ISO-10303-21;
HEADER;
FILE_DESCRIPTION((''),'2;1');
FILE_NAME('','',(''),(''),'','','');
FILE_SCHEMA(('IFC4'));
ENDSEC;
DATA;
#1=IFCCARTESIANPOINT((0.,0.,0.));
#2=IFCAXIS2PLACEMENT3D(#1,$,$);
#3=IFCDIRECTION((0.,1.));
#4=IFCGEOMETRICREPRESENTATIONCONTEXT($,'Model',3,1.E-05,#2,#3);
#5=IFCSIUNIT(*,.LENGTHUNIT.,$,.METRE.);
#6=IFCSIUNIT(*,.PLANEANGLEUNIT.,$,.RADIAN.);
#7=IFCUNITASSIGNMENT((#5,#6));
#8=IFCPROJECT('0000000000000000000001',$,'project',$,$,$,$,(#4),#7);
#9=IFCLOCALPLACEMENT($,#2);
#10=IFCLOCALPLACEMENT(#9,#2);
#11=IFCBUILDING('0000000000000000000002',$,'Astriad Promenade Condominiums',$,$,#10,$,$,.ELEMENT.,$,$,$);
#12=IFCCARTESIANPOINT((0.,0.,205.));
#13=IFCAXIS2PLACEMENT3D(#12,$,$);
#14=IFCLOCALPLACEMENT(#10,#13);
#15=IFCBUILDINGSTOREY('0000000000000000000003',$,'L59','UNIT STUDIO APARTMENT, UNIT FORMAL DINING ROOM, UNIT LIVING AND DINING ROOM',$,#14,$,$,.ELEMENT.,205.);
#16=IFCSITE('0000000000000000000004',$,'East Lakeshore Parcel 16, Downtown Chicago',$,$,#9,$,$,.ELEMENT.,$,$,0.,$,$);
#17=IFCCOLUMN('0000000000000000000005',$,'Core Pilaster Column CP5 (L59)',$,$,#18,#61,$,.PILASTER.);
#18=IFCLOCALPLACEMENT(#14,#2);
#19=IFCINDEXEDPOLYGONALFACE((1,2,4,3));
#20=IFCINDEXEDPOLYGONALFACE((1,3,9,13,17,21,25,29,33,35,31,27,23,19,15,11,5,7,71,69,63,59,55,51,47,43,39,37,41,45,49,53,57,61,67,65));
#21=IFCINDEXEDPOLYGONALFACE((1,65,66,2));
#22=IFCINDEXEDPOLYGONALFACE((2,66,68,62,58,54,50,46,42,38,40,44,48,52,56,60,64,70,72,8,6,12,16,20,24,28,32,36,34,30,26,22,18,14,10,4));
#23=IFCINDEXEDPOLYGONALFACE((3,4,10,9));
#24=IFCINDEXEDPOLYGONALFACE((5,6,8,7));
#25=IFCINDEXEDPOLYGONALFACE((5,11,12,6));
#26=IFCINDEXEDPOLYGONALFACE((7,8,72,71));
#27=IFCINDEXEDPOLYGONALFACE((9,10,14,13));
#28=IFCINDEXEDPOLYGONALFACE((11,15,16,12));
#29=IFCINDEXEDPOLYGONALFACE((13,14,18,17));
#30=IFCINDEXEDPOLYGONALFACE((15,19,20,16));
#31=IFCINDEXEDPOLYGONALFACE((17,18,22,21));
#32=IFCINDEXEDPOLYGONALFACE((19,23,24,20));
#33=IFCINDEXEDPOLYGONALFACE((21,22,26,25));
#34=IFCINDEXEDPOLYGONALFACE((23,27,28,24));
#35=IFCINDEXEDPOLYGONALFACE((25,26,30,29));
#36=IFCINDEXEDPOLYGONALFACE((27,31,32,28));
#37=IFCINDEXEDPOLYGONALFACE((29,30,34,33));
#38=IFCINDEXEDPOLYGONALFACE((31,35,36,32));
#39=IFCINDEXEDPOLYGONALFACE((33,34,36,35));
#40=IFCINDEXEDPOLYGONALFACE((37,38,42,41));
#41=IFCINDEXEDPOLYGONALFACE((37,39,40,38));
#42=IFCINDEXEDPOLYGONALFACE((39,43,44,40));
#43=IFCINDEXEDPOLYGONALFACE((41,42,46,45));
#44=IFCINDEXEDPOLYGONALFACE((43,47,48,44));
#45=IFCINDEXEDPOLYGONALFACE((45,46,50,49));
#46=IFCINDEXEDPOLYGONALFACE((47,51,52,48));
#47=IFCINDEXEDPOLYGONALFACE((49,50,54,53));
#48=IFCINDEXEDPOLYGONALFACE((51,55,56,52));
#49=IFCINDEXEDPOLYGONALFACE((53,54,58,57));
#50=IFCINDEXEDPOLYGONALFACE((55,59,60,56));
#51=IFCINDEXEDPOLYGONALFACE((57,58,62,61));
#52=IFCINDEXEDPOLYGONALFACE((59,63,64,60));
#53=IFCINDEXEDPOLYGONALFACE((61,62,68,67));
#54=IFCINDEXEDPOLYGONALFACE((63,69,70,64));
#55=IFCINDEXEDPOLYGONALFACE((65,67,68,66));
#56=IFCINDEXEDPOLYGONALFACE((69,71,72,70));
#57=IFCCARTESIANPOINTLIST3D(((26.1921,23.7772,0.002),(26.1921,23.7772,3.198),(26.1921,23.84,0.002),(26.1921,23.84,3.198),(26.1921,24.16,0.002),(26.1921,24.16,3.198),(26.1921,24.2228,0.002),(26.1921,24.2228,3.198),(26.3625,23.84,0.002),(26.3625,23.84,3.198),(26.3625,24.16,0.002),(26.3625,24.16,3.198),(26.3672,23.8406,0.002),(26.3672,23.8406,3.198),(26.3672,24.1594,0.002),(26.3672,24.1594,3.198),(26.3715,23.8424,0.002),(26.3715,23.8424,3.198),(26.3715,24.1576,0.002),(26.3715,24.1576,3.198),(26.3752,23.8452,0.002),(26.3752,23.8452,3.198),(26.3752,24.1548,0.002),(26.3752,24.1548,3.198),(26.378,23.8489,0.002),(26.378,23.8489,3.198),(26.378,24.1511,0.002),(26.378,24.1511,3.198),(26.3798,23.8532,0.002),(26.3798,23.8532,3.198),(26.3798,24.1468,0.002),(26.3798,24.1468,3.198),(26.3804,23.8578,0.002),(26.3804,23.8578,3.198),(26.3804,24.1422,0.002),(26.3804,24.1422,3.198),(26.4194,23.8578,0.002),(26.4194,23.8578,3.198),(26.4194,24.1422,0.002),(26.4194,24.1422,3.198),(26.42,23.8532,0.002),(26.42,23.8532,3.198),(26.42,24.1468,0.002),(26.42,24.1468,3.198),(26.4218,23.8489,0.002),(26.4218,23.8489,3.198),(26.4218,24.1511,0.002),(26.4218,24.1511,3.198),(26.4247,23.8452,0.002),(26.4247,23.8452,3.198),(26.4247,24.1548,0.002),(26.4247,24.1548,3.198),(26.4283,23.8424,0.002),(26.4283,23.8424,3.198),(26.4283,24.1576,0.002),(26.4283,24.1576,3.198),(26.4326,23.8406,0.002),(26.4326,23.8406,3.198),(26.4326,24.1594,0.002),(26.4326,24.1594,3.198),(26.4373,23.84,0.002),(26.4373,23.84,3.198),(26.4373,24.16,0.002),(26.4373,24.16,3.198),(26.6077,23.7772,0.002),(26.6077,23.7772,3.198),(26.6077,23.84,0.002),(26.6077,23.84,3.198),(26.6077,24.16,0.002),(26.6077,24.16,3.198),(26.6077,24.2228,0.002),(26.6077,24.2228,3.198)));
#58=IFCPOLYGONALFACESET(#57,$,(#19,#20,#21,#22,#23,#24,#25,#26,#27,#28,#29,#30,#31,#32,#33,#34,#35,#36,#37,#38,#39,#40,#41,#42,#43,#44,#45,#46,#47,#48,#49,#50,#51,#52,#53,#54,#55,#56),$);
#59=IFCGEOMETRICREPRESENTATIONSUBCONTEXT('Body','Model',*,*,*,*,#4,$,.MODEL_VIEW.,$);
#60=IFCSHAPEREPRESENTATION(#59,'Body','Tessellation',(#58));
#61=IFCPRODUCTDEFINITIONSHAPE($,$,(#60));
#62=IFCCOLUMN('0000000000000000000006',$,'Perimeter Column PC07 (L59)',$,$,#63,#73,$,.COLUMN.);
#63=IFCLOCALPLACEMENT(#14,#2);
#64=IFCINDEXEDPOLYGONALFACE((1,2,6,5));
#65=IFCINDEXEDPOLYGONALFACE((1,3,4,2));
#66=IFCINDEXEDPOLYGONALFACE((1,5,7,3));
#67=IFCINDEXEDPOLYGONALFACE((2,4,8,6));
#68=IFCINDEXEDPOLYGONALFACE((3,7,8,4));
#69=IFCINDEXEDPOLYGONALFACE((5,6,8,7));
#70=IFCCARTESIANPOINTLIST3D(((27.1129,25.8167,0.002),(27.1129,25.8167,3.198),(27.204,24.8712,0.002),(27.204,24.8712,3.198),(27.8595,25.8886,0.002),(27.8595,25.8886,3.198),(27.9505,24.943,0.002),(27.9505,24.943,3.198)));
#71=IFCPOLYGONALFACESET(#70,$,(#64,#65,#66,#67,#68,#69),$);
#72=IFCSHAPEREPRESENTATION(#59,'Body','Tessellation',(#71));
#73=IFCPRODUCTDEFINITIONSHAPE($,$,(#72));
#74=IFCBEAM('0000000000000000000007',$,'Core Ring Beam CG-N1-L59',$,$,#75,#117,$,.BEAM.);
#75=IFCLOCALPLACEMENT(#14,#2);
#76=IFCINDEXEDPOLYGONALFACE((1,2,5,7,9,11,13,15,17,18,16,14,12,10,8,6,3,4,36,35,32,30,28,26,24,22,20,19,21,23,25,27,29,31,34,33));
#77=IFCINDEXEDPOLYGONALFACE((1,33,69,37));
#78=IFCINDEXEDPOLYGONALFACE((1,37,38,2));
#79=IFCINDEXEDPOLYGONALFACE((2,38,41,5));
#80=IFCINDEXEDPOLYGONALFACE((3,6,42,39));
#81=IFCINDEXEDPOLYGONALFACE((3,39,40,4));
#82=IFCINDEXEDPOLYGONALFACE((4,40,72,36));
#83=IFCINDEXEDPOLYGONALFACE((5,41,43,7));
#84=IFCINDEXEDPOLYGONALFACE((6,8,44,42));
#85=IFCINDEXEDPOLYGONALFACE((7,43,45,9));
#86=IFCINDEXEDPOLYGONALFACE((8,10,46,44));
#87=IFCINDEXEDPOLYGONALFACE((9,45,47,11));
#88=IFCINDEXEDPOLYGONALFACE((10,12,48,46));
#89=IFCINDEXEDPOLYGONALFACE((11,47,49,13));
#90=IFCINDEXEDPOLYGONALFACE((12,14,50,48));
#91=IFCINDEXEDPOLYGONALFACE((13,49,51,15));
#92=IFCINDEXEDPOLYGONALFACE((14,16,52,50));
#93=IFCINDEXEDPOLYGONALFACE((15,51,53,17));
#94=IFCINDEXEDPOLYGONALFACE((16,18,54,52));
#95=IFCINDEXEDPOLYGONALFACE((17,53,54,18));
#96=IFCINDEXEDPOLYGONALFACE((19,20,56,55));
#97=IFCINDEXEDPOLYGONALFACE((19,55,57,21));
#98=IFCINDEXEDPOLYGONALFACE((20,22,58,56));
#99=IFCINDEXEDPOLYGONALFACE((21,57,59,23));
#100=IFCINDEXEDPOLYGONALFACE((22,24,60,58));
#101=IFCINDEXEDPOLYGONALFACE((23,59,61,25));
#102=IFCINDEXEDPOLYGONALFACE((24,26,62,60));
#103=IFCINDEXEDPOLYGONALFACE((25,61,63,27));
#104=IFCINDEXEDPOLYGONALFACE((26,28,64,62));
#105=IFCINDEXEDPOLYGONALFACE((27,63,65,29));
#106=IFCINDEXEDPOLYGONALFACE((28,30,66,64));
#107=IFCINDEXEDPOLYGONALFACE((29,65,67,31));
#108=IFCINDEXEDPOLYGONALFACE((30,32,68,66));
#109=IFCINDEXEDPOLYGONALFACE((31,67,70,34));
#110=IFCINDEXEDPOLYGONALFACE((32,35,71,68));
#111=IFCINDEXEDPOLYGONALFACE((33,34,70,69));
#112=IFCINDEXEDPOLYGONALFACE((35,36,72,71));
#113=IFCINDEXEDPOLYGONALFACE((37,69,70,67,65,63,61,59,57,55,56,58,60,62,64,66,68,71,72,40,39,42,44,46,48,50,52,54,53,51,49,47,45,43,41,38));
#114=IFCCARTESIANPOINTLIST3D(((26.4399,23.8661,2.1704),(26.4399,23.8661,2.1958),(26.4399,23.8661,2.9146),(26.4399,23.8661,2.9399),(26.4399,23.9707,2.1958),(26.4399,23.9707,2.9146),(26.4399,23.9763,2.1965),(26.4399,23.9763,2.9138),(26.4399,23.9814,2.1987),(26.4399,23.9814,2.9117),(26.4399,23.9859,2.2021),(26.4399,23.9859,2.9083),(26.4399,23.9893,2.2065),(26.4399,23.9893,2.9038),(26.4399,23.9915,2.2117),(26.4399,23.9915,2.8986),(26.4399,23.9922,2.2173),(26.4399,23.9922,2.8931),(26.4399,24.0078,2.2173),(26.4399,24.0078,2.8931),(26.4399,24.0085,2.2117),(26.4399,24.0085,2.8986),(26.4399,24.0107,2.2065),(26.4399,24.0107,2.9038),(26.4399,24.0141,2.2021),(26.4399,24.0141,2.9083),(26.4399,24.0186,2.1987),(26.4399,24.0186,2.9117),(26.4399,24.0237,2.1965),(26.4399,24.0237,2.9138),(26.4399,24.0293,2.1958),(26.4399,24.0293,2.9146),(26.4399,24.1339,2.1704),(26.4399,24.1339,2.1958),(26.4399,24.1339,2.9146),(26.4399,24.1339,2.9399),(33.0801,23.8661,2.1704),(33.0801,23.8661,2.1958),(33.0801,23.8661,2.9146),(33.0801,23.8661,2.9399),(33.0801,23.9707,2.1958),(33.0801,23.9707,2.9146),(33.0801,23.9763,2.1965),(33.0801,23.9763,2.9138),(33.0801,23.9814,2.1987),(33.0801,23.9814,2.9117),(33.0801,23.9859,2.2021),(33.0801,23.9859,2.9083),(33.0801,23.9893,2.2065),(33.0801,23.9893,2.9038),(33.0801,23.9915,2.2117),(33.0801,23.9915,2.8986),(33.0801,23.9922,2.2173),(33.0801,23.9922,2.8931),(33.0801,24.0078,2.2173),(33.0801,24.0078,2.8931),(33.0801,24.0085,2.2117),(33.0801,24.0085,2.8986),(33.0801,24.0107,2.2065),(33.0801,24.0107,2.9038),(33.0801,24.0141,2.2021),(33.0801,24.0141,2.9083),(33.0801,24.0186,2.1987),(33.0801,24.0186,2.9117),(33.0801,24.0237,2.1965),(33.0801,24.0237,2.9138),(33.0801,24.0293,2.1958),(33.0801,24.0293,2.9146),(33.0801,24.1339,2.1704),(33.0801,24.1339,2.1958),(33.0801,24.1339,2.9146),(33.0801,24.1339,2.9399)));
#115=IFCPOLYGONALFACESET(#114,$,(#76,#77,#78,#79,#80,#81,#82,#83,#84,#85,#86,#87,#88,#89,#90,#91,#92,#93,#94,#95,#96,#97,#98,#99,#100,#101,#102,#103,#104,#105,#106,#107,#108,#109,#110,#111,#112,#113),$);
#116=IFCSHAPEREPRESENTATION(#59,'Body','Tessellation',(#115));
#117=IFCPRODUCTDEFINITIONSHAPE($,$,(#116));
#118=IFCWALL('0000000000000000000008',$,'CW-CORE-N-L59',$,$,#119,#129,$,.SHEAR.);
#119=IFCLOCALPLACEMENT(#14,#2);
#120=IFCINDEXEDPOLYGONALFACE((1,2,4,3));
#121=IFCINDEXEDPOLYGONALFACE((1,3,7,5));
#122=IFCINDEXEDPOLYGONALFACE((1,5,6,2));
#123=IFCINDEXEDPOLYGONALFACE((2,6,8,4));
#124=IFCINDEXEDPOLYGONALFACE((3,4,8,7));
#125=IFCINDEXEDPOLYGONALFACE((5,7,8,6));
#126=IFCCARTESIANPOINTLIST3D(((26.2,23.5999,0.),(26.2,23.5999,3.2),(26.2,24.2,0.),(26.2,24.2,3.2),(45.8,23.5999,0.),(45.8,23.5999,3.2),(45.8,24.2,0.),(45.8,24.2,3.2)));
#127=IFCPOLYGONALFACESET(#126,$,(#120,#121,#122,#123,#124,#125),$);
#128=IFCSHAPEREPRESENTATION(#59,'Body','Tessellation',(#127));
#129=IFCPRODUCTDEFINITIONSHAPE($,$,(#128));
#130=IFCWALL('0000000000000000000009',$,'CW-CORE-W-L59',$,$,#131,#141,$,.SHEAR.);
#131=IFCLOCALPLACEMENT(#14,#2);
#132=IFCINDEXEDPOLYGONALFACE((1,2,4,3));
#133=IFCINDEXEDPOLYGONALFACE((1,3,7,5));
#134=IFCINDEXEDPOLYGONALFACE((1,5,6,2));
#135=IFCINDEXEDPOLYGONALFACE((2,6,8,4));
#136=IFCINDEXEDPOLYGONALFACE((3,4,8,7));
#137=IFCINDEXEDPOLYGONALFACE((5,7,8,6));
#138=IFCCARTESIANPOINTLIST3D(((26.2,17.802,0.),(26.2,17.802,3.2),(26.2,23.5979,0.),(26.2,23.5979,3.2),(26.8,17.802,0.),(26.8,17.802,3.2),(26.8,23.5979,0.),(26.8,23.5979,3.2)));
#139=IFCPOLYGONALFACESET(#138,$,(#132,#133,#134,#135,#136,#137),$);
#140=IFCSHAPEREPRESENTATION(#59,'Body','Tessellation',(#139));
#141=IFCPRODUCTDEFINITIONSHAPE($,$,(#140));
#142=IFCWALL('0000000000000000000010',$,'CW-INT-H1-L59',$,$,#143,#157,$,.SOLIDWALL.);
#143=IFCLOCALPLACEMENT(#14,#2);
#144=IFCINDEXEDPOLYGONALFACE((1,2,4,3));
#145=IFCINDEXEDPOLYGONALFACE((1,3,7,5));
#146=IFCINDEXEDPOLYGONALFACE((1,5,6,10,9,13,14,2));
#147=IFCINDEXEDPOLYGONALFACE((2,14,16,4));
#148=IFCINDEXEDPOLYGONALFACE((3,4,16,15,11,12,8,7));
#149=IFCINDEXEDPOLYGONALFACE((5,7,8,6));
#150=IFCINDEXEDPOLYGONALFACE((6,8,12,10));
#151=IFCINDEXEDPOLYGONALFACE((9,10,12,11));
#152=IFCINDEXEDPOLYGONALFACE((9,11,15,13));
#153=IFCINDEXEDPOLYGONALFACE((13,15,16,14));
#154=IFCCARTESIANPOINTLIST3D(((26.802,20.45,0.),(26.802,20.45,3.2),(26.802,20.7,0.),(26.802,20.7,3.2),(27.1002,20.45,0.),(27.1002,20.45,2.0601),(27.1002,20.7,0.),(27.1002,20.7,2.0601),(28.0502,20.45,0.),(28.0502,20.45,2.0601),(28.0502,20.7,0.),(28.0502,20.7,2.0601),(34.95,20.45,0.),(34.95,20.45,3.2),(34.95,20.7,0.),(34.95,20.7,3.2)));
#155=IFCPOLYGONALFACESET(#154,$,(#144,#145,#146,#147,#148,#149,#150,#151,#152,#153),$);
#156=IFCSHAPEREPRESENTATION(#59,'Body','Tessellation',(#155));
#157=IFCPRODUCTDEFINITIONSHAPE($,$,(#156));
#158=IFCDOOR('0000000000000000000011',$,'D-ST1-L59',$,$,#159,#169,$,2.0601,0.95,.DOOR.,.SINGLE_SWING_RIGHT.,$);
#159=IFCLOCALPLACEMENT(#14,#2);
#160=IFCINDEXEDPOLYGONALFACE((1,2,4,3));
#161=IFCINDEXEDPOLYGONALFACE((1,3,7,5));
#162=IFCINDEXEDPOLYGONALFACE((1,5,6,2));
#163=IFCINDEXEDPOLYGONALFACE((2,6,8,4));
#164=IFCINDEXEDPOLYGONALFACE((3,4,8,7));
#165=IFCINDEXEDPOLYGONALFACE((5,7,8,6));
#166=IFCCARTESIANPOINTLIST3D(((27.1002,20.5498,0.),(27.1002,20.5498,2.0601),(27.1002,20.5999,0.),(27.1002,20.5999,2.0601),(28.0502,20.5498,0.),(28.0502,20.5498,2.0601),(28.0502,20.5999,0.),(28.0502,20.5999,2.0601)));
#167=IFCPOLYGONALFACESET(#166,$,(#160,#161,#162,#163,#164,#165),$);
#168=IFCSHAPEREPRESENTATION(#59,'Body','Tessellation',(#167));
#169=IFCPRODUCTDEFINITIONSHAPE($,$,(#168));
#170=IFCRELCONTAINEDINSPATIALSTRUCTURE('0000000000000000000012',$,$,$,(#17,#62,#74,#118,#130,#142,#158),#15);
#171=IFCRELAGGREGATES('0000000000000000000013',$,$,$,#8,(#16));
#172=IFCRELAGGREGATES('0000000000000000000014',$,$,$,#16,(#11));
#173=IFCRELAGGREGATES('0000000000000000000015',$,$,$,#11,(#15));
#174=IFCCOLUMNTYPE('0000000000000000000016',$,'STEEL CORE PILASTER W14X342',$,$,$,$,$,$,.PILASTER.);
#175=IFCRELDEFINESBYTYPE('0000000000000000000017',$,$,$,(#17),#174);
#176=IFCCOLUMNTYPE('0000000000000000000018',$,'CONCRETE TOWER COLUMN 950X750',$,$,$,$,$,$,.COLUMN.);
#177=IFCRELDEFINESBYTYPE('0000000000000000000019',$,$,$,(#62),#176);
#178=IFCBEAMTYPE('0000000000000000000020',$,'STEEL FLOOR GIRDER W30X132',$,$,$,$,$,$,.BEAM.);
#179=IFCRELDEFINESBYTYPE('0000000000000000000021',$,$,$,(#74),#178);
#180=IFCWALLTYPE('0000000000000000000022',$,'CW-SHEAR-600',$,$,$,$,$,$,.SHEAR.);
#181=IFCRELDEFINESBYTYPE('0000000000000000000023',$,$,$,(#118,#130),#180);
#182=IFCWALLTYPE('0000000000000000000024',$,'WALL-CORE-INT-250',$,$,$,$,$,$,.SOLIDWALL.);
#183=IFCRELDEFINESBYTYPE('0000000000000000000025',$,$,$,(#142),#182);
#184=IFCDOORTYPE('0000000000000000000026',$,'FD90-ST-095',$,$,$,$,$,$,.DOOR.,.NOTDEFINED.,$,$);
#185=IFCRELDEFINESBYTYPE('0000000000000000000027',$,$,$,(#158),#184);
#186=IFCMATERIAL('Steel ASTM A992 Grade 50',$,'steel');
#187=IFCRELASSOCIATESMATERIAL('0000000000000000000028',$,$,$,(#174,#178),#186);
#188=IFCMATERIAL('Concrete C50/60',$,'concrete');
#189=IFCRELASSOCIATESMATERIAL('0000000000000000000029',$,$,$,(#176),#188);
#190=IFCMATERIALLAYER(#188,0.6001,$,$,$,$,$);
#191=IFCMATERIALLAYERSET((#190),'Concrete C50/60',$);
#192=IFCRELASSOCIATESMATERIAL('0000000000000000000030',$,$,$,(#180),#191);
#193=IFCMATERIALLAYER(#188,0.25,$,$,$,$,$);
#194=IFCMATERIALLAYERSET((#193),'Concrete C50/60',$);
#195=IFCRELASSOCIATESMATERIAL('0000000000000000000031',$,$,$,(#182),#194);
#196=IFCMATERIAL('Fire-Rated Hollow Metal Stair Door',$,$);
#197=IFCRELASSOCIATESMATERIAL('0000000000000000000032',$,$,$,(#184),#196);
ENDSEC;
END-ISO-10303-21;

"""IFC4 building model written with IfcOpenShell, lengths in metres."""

from ifc_helpers import new_model, si_unit, direction, frame, frame_2d, origin, origin_2d, place, context, subcontext, project, spatial, rectangle, i_section, extrude, source, transform, mapped, material, layer, layer_set, material_profile, profile_set, type_object, type_shapes, element, fill, save


model = new_model("IFC4")

# Units and contexts
model_context = context("Model", 3, precision=1e-05, world=origin(), true_north=direction((0.0, 1.0)))
body_context = subcontext(model_context, "Body", "Model", "MODEL_VIEW")
ifc_project = project(units=[si_unit("LENGTHUNIT", "METRE"), si_unit("PLANEANGLEUNIT", "RADIAN")], contexts=[model_context])

# Site, building, storey
site_placement = place(None, origin())
site = spatial("IfcSite", under=ifc_project, at=site_placement, Name="East Lakeshore Parcel 16, Downtown Chicago", CompositionType="ELEMENT", RefElevation=0.0)
building_placement = place(site_placement, origin())
building = spatial("IfcBuilding", under=site, at=building_placement, Name="Astriad Promenade Condominiums", CompositionType="ELEMENT")
storey_placement = place(building_placement, frame((0.0, 0.0, 205.0)))
storey = spatial("IfcBuildingStorey", under=building, at=storey_placement, Name="L59", Description="UNIT STUDIO APARTMENT, UNIT FORMAL DINING ROOM, UNIT LIVING AND DINING ROOM", CompositionType="ELEMENT", Elevation=205.0)

# Columns
ifc_material_1 = material(Name="Steel ASTM A992 Grade 50", Category="steel")
ifc_material_profile_1 = material_profile(ifc_material_1, i_section(OverallWidth=0.4155, OverallDepth=0.4456, WebThickness=0.0391, FlangeThickness=0.0627, FilletRadius=0.0178, at=origin_2d()), Name="W14X342")
ifc_profile_set_1 = profile_set([ifc_material_profile_1], Name="Steel ASTM A992 Grade 50")
column_type_1 = type_object("IfcColumnType", Name="STEEL CORE PILASTER W14X342", PredefinedType="PILASTER", material=ifc_profile_set_1)
shared_shape_1 = source(origin(), body_context, "Body", "SweptSolid", [
    extrude(i_section(OverallWidth=0.4155, OverallDepth=0.4456, WebThickness=0.0391, FlangeThickness=0.0627, FilletRadius=0.0178, at=origin_2d()), origin(), (0.0, 0.0, 1.0), 3.196),
])
type_shapes(column_type_1, [shared_shape_1])
column_1_placement = place(storey_placement, frame((26.3999, 24.0, 0.002), z_axis=(0.0, 0.0, 1.0), x_axis=(1.0, 0.0, 0.0)))
element("IfcColumn", 1, at=column_1_placement, inside=storey, type_object=column_type_1, Name="Core Pilaster Column CP5 (L59)", PredefinedType="PILASTER", context=body_context, shape_type="MappedRepresentation", body=[
    mapped(shared_shape_1, transform((0.0, 0.0, 0.0), scale=1.0)),
])
ifc_material_2 = material(Name="Concrete C50/60", Category="concrete")
ifc_material_profile_2 = material_profile(ifc_material_2, rectangle(XDim=0.75, YDim=0.95, at=origin_2d()), Name="RC-COL-950X750")
ifc_profile_set_2 = profile_set([ifc_material_profile_2], Name="Concrete C50/60")
column_type_2 = type_object("IfcColumnType", Name="CONCRETE TOWER COLUMN 950X750", PredefinedType="COLUMN", material=ifc_profile_set_2)
shared_shape_2 = source(origin(), body_context, "Body", "SweptSolid", [
    extrude(rectangle(XDim=0.75, YDim=0.95, at=origin_2d()), origin(), (0.0, 0.0, 1.0), 3.196),
])
type_shapes(column_type_2, [shared_shape_2])
column_2_placement = place(storey_placement, frame((27.5317, 25.3799, 0.002), z_axis=(0.0, 0.0, 1.0), x_axis=(0.995396, 0.095846, 0.0)))
element("IfcColumn", 2, at=column_2_placement, inside=storey, type_object=column_type_2, Name="Perimeter Column PC07 (L59)", PredefinedType="COLUMN", context=body_context, shape_type="MappedRepresentation", body=[
    mapped(shared_shape_2, transform((0.0, 0.0, 0.0), scale=1.0)),
])

# Beam
ifc_material_profile_3 = material_profile(ifc_material_1, i_section(OverallWidth=0.2678, OverallDepth=0.7695, WebThickness=0.0156, FlangeThickness=0.0254, FilletRadius=0.0215, at=origin_2d()), Name="W30X132")
ifc_profile_set_3 = profile_set([ifc_material_profile_3], Name="Steel ASTM A992 Grade 50")
beam_type = type_object("IfcBeamType", Name="STEEL FLOOR GIRDER W30X132", PredefinedType="BEAM", material=ifc_profile_set_3)
shared_shape_3 = source(origin(), body_context, "Body", "SweptSolid", [
    extrude(i_section(OverallWidth=0.2678, OverallDepth=0.7695, WebThickness=0.0156, FlangeThickness=0.0254, FilletRadius=0.0215, at=origin_2d()), origin(), (0.0, 0.0, 1.0), 6.6401),
])
type_shapes(beam_type, [shared_shape_3])
beam_placement = place(storey_placement, frame((26.4399, 24.0, 2.5552), z_axis=(1.0, 0.0, 0.0), x_axis=(0.0, 1.0, 0.0)))
element("IfcBeam", 3, at=beam_placement, inside=storey, type_object=beam_type, Name="Core Ring Beam CG-N1-L59", PredefinedType="BEAM", context=body_context, shape_type="MappedRepresentation", body=[
    mapped(shared_shape_3, transform((0.0, 0.0, 0.0), scale=1.0)),
])

# Walls
ifc_layer_1 = layer(ifc_material_2, 0.6001)
ifc_layer_set_1 = layer_set([ifc_layer_1], Name="Concrete C50/60")
wall_type_1 = type_object("IfcWallType", Name="CW-SHEAR-600", PredefinedType="SHEAR", material=ifc_layer_set_1)
wall_1_placement = place(storey_placement, frame((26.2, 23.8999, 0.0), z_axis=(0.0, 0.0, 1.0), x_axis=(1.0, 0.0, 0.0)))
element("IfcWall", 4, at=wall_1_placement, inside=storey, type_object=wall_type_1, Name="CW-CORE-N-L59", PredefinedType="SHEAR", context=body_context, shape_type="SweptSolid", body=[
    extrude(rectangle(XDim=19.6001, YDim=0.6001, at=frame_2d((9.8, 0.0))), origin(), (0.0, 0.0, 1.0), 3.2),
])
wall_2_placement = place(storey_placement, frame((26.5, 17.802, 0.0), z_axis=(0.0, 0.0, 1.0), x_axis=(0.0, 1.0, 0.0)))
element("IfcWall", 5, at=wall_2_placement, inside=storey, type_object=wall_type_1, Name="CW-CORE-W-L59", PredefinedType="SHEAR", context=body_context, shape_type="SweptSolid", body=[
    extrude(rectangle(XDim=5.7959, YDim=0.6001, at=frame_2d((2.8979, 0.0))), origin(), (0.0, 0.0, 1.0), 3.2),
])

# Wall, opening, door
ifc_layer_2 = layer(ifc_material_2, 0.25)
ifc_layer_set_2 = layer_set([ifc_layer_2], Name="Concrete C50/60")
wall_type_2 = type_object("IfcWallType", Name="WALL-CORE-INT-250", PredefinedType="SOLIDWALL", material=ifc_layer_set_2)
wall_3_placement = place(storey_placement, frame((26.802, 20.575, 0.0), z_axis=(0.0, 0.0, 1.0), x_axis=(1.0, 0.0, 0.0)))
wall_3 = element("IfcWall", 6, at=wall_3_placement, inside=storey, type_object=wall_type_2, Name="CW-INT-H1-L59", PredefinedType="SOLIDWALL", context=body_context, shape_type="SweptSolid", body=[
    extrude(rectangle(XDim=8.1479, YDim=0.25, at=frame_2d((4.074, 0.0))), origin(), (0.0, 0.0, 1.0), 3.2),
])
opening_placement = place(wall_3_placement, frame((0.2981, 0.0, 0.0)))
opening = element("IfcOpeningElement", 7, at=opening_placement, cuts=wall_3, PredefinedType="OPENING", context=body_context, shape_type="SweptSolid", body=[
    extrude(rectangle(XDim=0.95, YDim=2.0601, at=frame_2d((0.4751, 1.03))), frame((0.0, 0.135, 0.0), z_axis=(0.0, -1.0, 0.0), x_axis=(1.0, 0.0, 0.0)), (0.0, 0.0, 1.0), 0.27),
])
ifc_material_3 = material(Name="Fire-Rated Hollow Metal Stair Door")
door_type = type_object("IfcDoorType", Name="FD90-ST-095", OperationType="NOTDEFINED", PredefinedType="DOOR", material=ifc_material_3)
shared_shape_4 = source(origin(), body_context, "Body", "SweptSolid", [
    extrude(rectangle(XDim=0.95, YDim=2.0601, at=frame_2d((0.4751, 1.03))), frame((0.0, 0.0249, 0.0), z_axis=(0.0, -1.0, 0.0), x_axis=(1.0, 0.0, 0.0)), (0.0, 0.0, 1.0), 0.05),
])
type_shapes(door_type, [shared_shape_4])
door_placement = place(opening_placement, origin())
door = element("IfcDoor", 8, at=door_placement, inside=storey, type_object=door_type, Name="D-ST1-L59", OperationType="SINGLE_SWING_RIGHT", OverallHeight=2.0601, OverallWidth=0.95, PredefinedType="DOOR", context=body_context, shape_type="MappedRepresentation", body=[
    mapped(shared_shape_4, transform((0.0, 0.0, 0.0), scale=1.0)),
])
fill(opening, door)

save(model, "model.ifc")
